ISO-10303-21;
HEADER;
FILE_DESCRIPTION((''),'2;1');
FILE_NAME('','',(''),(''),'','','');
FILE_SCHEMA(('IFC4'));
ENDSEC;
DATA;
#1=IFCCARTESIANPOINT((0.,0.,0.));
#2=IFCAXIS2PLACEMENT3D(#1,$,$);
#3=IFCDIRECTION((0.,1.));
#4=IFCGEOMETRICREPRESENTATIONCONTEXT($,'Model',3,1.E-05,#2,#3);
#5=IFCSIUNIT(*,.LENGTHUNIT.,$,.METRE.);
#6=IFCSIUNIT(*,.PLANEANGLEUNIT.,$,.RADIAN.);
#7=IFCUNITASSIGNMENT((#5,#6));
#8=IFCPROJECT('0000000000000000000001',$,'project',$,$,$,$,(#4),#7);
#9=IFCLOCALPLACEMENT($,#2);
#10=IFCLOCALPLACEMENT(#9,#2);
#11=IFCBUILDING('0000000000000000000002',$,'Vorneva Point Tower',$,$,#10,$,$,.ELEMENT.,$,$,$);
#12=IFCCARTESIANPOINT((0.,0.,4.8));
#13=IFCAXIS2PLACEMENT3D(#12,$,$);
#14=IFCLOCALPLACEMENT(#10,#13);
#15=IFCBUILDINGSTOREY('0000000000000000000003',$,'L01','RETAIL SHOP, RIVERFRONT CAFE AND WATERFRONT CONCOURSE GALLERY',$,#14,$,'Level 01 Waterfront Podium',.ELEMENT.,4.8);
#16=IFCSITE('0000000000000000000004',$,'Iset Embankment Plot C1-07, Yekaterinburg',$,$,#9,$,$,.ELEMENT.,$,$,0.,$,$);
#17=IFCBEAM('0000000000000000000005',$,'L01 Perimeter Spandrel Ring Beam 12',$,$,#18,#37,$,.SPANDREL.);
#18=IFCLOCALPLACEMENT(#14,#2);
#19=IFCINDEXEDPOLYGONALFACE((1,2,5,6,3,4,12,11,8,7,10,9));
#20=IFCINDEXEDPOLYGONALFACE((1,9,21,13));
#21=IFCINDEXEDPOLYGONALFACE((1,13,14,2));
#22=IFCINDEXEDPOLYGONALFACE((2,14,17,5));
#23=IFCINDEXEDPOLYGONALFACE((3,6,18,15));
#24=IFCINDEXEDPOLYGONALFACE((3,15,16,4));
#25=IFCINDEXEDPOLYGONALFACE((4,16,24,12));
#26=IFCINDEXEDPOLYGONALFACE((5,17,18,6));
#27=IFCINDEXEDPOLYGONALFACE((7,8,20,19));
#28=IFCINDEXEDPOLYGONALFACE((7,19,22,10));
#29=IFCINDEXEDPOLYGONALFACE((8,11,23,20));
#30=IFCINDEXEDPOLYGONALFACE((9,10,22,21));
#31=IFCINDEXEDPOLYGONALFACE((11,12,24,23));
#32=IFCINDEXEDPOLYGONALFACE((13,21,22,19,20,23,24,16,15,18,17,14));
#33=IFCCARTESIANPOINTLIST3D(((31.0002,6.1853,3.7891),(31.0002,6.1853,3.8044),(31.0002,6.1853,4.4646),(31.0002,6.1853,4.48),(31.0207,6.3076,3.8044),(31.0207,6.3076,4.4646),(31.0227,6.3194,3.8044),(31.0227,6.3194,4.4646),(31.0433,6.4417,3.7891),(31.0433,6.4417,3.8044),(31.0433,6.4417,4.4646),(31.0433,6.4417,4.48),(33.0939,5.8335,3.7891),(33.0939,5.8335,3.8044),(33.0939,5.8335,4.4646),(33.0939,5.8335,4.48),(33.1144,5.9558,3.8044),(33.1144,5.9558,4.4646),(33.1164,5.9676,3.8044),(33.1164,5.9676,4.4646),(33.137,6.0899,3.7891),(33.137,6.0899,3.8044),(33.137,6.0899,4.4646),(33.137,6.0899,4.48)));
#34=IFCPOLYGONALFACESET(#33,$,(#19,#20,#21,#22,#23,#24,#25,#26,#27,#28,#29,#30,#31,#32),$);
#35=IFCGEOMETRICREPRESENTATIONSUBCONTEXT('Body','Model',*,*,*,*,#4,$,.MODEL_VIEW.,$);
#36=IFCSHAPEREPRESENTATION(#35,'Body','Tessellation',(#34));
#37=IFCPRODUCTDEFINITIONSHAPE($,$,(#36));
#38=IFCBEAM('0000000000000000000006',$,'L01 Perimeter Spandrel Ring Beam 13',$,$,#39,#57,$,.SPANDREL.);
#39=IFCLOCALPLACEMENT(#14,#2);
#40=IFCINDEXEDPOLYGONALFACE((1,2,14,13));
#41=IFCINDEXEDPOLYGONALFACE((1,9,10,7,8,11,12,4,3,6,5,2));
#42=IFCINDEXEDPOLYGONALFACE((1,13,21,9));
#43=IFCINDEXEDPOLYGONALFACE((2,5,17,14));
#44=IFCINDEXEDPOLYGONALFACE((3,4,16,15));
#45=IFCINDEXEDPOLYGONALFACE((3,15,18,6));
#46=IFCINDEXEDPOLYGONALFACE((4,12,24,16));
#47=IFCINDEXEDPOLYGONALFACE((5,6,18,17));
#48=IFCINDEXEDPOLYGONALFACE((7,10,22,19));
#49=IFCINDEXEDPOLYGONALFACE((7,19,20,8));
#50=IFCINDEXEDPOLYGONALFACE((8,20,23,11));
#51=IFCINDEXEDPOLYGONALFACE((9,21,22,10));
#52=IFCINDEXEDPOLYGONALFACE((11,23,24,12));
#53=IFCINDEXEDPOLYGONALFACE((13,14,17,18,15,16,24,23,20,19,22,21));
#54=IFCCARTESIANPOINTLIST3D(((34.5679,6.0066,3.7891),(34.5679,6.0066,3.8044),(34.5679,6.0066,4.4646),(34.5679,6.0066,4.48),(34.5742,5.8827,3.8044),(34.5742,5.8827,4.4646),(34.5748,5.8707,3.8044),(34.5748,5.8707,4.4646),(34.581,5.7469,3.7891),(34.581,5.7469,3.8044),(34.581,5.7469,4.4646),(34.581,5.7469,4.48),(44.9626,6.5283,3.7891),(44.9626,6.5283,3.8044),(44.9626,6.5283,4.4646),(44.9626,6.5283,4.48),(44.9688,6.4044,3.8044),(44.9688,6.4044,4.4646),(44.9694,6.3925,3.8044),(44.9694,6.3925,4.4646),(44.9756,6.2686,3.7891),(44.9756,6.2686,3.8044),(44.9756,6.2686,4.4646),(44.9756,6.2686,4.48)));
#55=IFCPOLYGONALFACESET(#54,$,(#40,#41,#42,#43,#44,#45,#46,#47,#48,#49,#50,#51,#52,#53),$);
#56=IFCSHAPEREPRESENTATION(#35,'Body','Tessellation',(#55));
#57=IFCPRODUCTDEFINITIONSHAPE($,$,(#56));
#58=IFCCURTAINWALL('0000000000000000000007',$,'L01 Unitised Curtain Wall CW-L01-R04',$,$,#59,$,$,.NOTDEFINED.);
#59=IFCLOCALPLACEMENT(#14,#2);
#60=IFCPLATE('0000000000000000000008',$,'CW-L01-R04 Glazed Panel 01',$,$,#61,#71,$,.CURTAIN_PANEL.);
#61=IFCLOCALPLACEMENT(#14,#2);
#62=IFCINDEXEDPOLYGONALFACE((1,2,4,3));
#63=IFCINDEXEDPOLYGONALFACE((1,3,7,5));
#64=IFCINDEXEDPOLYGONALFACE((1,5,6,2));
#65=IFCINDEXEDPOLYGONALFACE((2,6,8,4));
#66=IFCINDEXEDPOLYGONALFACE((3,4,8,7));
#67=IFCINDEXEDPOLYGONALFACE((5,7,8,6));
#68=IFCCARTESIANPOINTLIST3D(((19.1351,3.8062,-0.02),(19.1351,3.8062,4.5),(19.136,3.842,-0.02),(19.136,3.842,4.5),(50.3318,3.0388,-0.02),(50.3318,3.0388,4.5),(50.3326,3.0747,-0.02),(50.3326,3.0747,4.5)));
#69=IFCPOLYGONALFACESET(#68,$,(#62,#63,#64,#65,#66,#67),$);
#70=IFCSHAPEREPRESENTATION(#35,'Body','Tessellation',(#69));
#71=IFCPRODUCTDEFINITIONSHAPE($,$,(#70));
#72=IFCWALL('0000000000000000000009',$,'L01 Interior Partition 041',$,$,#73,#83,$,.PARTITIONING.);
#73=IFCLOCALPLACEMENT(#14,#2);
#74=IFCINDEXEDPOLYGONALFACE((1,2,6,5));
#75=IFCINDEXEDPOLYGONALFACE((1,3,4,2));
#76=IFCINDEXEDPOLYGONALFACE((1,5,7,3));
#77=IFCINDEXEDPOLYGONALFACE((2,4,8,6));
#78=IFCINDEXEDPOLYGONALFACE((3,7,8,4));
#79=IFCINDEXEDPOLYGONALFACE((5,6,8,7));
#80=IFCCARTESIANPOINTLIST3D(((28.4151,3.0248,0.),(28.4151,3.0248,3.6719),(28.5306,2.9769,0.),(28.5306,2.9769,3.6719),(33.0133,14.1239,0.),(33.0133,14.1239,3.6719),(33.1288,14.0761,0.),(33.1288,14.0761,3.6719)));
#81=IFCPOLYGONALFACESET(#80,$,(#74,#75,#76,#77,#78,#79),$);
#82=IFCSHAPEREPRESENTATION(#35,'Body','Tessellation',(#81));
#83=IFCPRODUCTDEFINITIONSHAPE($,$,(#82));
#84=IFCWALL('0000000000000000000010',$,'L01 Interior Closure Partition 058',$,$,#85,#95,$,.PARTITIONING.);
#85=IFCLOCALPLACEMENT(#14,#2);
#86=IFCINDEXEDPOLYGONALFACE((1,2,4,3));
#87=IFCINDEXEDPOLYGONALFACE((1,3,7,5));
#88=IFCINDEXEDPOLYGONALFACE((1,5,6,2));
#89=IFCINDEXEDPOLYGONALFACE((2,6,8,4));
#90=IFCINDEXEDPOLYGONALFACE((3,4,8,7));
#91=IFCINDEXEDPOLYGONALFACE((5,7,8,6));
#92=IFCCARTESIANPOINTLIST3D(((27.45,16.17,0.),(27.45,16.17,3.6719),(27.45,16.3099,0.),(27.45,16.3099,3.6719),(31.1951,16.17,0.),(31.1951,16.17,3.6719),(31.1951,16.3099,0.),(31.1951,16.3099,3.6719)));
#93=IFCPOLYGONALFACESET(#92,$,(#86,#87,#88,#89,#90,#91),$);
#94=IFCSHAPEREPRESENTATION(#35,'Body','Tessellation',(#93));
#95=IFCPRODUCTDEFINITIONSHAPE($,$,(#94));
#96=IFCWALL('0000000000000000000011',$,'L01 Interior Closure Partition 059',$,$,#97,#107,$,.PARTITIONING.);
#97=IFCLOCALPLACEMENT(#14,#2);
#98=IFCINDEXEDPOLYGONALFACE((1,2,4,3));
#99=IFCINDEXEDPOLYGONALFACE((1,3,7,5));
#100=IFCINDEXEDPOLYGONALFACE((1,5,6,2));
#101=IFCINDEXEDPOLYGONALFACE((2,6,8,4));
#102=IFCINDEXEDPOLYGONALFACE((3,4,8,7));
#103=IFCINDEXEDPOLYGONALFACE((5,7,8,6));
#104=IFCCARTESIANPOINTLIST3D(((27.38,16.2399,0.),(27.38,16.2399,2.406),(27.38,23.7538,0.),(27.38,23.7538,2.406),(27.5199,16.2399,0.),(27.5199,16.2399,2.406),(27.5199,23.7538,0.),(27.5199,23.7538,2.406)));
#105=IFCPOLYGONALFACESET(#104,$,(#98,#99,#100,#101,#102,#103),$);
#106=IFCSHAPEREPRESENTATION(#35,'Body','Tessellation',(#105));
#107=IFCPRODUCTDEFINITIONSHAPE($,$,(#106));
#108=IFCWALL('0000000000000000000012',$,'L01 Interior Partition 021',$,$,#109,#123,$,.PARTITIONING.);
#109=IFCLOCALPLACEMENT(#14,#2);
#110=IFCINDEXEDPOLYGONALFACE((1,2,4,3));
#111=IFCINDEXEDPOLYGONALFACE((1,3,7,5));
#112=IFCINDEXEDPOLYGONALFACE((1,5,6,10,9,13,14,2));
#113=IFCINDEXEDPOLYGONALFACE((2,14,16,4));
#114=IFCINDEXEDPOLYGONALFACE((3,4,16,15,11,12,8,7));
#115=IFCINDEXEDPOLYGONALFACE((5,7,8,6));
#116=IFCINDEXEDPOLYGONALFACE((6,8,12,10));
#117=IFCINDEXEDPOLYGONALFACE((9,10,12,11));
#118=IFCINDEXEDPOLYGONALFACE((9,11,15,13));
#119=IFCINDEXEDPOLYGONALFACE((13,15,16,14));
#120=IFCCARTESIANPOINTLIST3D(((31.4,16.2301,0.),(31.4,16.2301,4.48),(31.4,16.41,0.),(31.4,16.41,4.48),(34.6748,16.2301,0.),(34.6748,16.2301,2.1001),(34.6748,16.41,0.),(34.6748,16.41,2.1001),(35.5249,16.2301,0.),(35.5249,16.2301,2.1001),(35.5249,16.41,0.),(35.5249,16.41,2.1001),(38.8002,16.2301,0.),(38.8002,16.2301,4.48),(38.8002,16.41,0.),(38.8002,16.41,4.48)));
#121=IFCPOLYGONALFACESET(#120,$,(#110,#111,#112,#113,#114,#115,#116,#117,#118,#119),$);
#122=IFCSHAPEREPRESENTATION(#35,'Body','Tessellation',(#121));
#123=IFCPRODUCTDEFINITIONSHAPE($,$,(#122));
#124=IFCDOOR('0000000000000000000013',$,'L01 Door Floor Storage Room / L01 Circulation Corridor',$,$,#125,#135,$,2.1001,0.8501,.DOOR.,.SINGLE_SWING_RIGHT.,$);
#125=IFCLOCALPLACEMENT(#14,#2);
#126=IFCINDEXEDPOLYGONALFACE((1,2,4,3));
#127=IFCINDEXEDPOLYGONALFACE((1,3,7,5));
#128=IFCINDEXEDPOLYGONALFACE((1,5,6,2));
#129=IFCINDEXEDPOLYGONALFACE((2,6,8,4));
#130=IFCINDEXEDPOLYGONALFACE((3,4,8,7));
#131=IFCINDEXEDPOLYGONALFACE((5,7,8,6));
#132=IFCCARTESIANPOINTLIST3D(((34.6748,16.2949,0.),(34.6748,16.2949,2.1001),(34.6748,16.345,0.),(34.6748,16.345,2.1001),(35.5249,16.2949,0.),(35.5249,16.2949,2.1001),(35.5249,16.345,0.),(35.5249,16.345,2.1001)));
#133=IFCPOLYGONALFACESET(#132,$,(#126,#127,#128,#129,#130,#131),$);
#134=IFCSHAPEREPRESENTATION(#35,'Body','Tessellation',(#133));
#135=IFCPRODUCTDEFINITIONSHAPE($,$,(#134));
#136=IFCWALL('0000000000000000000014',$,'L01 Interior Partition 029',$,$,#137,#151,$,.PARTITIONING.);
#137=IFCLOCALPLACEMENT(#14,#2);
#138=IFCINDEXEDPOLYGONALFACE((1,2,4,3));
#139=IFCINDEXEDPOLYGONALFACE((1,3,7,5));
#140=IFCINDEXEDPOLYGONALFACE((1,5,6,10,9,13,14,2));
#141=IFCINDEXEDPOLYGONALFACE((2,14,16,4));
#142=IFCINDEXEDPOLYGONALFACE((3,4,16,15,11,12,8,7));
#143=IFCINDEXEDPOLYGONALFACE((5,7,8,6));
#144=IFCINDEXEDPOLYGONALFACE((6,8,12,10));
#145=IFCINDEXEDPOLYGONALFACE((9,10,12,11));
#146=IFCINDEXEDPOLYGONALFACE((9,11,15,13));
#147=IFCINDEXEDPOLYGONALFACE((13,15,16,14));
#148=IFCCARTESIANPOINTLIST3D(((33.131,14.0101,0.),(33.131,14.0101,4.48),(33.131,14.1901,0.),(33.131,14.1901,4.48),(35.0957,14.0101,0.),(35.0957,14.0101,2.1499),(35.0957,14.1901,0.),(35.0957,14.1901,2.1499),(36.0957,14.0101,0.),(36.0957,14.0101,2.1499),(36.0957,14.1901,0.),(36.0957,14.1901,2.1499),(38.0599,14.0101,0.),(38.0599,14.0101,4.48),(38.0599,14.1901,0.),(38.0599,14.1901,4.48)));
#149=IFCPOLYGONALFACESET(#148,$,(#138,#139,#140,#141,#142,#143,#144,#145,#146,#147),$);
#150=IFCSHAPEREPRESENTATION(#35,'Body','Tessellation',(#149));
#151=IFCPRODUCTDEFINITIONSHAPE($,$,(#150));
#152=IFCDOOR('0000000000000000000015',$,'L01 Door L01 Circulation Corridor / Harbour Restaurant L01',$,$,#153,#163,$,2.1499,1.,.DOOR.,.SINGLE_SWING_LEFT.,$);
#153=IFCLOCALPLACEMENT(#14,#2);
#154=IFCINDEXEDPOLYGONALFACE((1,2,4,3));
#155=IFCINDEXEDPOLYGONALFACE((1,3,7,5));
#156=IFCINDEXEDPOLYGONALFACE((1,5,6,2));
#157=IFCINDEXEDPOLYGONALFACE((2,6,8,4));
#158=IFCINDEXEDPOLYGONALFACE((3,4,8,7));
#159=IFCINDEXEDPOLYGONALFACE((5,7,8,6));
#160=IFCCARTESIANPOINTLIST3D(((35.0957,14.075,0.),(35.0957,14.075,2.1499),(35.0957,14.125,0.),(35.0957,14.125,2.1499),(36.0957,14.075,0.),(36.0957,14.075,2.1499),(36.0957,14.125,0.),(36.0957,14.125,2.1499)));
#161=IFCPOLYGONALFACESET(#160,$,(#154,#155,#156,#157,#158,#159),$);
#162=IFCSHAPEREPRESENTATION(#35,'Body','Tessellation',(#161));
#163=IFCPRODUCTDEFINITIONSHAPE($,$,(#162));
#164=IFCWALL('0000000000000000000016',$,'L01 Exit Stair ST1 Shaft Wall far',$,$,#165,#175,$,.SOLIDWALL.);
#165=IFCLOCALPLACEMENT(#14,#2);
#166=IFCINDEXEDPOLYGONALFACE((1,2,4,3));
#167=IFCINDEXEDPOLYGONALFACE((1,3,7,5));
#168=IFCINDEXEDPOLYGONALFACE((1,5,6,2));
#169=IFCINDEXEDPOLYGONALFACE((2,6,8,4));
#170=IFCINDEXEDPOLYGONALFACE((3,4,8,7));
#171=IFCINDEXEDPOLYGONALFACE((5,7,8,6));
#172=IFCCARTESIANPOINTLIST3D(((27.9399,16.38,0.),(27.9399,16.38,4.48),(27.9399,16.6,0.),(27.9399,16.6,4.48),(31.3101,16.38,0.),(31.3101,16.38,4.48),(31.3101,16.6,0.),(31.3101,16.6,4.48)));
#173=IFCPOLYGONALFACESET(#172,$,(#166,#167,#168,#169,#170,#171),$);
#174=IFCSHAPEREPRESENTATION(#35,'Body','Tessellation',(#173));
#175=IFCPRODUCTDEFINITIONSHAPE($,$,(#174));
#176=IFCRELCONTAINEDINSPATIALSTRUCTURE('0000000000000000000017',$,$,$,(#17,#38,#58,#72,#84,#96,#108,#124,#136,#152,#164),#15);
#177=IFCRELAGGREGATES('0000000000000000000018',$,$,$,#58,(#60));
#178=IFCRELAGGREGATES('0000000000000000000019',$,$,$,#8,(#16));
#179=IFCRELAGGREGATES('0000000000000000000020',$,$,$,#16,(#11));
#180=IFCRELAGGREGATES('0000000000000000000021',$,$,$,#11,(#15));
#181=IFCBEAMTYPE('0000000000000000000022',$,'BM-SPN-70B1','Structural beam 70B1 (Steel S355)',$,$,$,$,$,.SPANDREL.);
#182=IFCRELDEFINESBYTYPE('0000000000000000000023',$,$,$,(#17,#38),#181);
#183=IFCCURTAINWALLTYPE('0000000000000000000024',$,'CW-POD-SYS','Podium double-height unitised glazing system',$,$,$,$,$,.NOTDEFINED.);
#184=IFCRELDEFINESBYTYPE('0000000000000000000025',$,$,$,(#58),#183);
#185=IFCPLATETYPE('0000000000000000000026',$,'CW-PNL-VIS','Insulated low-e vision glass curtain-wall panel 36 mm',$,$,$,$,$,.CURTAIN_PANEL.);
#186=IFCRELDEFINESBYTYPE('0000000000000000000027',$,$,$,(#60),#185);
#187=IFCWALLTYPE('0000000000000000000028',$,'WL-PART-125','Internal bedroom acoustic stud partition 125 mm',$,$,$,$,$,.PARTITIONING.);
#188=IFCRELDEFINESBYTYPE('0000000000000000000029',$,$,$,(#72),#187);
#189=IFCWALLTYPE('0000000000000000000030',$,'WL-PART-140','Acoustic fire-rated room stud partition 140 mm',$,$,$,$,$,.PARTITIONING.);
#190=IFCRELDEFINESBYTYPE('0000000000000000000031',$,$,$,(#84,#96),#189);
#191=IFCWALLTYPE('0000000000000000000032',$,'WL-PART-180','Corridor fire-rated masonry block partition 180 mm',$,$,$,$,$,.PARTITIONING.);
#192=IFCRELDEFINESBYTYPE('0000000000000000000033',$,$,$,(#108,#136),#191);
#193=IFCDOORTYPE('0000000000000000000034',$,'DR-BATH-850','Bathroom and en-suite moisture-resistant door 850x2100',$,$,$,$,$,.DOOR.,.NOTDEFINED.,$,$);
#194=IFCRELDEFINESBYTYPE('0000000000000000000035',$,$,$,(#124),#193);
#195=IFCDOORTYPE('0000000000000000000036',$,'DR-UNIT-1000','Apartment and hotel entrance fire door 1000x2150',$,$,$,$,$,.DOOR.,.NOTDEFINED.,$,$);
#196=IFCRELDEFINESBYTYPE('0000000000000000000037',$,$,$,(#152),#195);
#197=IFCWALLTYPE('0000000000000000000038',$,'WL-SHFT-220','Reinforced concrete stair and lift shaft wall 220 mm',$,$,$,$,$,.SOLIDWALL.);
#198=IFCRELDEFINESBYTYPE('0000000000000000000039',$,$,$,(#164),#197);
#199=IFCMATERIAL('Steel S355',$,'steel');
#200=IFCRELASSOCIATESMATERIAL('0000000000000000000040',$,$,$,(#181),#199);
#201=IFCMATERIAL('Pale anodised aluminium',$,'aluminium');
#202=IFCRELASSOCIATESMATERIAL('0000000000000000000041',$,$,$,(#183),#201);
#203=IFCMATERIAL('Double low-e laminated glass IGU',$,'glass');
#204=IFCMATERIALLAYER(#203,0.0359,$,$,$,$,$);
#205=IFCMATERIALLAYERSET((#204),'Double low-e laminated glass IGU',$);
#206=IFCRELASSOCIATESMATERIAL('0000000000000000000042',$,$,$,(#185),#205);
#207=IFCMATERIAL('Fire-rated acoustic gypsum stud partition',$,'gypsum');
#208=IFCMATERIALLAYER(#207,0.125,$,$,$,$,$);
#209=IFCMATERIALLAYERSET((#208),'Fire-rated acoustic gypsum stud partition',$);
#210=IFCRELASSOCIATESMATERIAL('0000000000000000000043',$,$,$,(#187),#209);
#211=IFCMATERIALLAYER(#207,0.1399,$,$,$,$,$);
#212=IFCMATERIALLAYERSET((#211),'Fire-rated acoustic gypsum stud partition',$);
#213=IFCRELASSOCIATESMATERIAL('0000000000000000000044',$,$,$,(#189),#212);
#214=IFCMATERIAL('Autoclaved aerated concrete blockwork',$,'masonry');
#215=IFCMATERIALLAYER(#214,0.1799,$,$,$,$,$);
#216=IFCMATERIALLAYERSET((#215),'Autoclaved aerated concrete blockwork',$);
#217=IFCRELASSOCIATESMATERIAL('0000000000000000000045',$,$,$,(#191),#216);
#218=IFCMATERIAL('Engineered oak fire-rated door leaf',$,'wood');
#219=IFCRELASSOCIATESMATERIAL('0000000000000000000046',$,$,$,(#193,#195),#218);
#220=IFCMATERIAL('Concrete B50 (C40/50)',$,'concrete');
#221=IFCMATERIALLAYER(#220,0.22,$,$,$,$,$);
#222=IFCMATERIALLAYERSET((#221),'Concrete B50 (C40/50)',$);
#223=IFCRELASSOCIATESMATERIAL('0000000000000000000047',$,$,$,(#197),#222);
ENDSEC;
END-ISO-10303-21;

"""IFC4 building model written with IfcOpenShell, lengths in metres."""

from ifc_helpers import new_model, si_unit, direction, frame, frame_2d, origin, origin_2d, place, context, subcontext, project, spatial, rectangle, i_section, extrude, material, layer, layer_set, material_profile, profile_set, type_object, element, fill, aggregate, save


model = new_model("IFC4")

# Units and contexts
model_context = context("Model", 3, precision=1e-05, world=origin(), true_north=direction((0.0, 1.0)))
body_context = subcontext(model_context, "Body", "Model", "MODEL_VIEW")
ifc_project = project(units=[si_unit("LENGTHUNIT", "METRE"), si_unit("PLANEANGLEUNIT", "RADIAN")], contexts=[model_context])

# Site, building, storey
site_placement = place(None, origin())
site = spatial("IfcSite", under=ifc_project, at=site_placement, Name="Iset Embankment Plot C1-07, Yekaterinburg", CompositionType="ELEMENT", RefElevation=0.0)
building_placement = place(site_placement, origin())
building = spatial("IfcBuilding", under=site, at=building_placement, Name="Vorneva Point Tower", CompositionType="ELEMENT")
storey_placement = place(building_placement, frame((0.0, 0.0, 4.8)))
storey = spatial("IfcBuildingStorey", under=building, at=storey_placement, Name="L01", Description="RETAIL SHOP, RIVERFRONT CAFE AND WATERFRONT CONCOURSE GALLERY", LongName="Level 01 Waterfront Podium", CompositionType="ELEMENT", Elevation=4.8)

# Beams
ifc_material_1 = material(Name="Steel S355", Category="steel")
ifc_material_profile_1 = material_profile(ifc_material_1, i_section(OverallWidth=0.26, OverallDepth=0.6909, WebThickness=0.012, FlangeThickness=0.0154, at=origin_2d()), Name="70B1")
ifc_profile_set_1 = profile_set([ifc_material_profile_1], Name="Steel S355")
beam_type_1 = type_object("IfcBeamType", Name="BM-SPN-70B1", Description="Structural beam 70B1 (Steel S355)", PredefinedType="SPANDREL", material=ifc_profile_set_1)
beam_1_placement = place(storey_placement, frame((31.0217, 6.3135, 4.1345), z_axis=(0.986176, -0.165704, 0.0), x_axis=(0.165704, 0.986176, 0.0)))
element("IfcBeam", 1, at=beam_1_placement, inside=storey, type_object=beam_type_1, Name="L01 Perimeter Spandrel Ring Beam 12", PredefinedType="SPANDREL", context=body_context, shape_type="SweptSolid", body=[
    extrude(i_section(OverallWidth=0.26, OverallDepth=0.6909, WebThickness=0.012, FlangeThickness=0.0154, at=origin_2d()), origin(), (0.0, 0.0, 1.0), 2.123),
])
beam_2_placement = place(storey_placement, frame((34.5745, 5.8767, 4.1345), z_axis=(0.998743, 0.050129, 0.0), x_axis=(-0.050129, 0.998743, 0.0)))
element("IfcBeam", 2, at=beam_2_placement, inside=storey, type_object=beam_type_1, Name="L01 Perimeter Spandrel Ring Beam 13", PredefinedType="SPANDREL", context=body_context, shape_type="SweptSolid", body=[
    extrude(i_section(OverallWidth=0.26, OverallDepth=0.6909, WebThickness=0.012, FlangeThickness=0.0154, at=origin_2d()), origin(), (0.0, 0.0, 1.0), 10.4077),
])

# Curtain wall, plate
ifc_material_2 = material(Name="Pale anodised aluminium", Category="aluminium")
curtain_wall_type = type_object("IfcCurtainWallType", Name="CW-POD-SYS", Description="Podium double-height unitised glazing system", PredefinedType="NOTDEFINED", material=ifc_material_2)
curtain_wall_placement = place(storey_placement, origin())
curtain_wall = element("IfcCurtainWall", 3, at=curtain_wall_placement, inside=storey, type_object=curtain_wall_type, Name="L01 Unitised Curtain Wall CW-L01-R04", PredefinedType="NOTDEFINED")
ifc_material_3 = material(Name="Double low-e laminated glass IGU", Category="glass")
ifc_layer_1 = layer(ifc_material_3, 0.0359)
ifc_layer_set_1 = layer_set([ifc_layer_1], Name="Double low-e laminated glass IGU")
plate_type = type_object("IfcPlateType", Name="CW-PNL-VIS", Description="Insulated low-e vision glass curtain-wall panel 36 mm", PredefinedType="CURTAIN_PANEL", material=ifc_layer_set_1)
plate_placement = place(storey_placement, frame((34.7339, 3.4404, -0.02), z_axis=(0.0, 0.0, 1.0), x_axis=(0.999698, -0.024589, 0.0)))
plate = element("IfcPlate", 4, at=plate_placement, type_object=plate_type, Name="CW-L01-R04 Glazed Panel 01", PredefinedType="CURTAIN_PANEL", context=body_context, shape_type="SweptSolid", body=[
    extrude(rectangle(XDim=31.2061, YDim=0.0359, at=origin_2d()), origin(), (0.0, 0.0, 1.0), 4.52),
])
aggregate(curtain_wall, [plate])

# Walls
ifc_material_4 = material(Name="Fire-rated acoustic gypsum stud partition", Category="gypsum")
ifc_layer_2 = layer(ifc_material_4, 0.125)
ifc_layer_set_2 = layer_set([ifc_layer_2], Name="Fire-rated acoustic gypsum stud partition")
wall_type_1 = type_object("IfcWallType", Name="WL-PART-125", Description="Internal bedroom acoustic stud partition 125 mm", PredefinedType="PARTITIONING", material=ifc_layer_set_2)
wall_1_placement = place(storey_placement, frame((28.4729, 3.001, 0.0), z_axis=(0.0, 0.0, 1.0), x_axis=(0.382736, 0.923858, 0.0)))
element("IfcWall", 5, at=wall_1_placement, inside=storey, type_object=wall_type_1, Name="L01 Interior Partition 041", PredefinedType="PARTITIONING", context=body_context, shape_type="SweptSolid", body=[
    extrude(rectangle(XDim=12.0139, YDim=0.125, at=frame_2d((6.0068, 0.0))), origin(), (0.0, 0.0, 1.0), 3.6719),
])
ifc_layer_3 = layer(ifc_material_4, 0.1399)
ifc_layer_set_3 = layer_set([ifc_layer_3], Name="Fire-rated acoustic gypsum stud partition")
wall_type_2 = type_object("IfcWallType", Name="WL-PART-140", Description="Acoustic fire-rated room stud partition 140 mm", PredefinedType="PARTITIONING", material=ifc_layer_set_3)
wall_2_placement = place(storey_placement, frame((31.1951, 16.24, 0.0), z_axis=(0.0, 0.0, 1.0), x_axis=(-1.0, 0.0, 0.0)))
element("IfcWall", 6, at=wall_2_placement, inside=storey, type_object=wall_type_2, Name="L01 Interior Closure Partition 058", PredefinedType="PARTITIONING", context=body_context, shape_type="SweptSolid", body=[
    extrude(rectangle(XDim=3.7451, YDim=0.1399, at=frame_2d((1.8726, 0.0))), origin(), (0.0, 0.0, 1.0), 3.6719),
])
wall_3_placement = place(storey_placement, frame((27.45, 16.24, 0.0), z_axis=(0.0, 0.0, 1.0), x_axis=(0.0, 1.0, 0.0)))
element("IfcWall", 7, at=wall_3_placement, inside=storey, type_object=wall_type_2, Name="L01 Interior Closure Partition 059", PredefinedType="PARTITIONING", context=body_context, shape_type="SweptSolid", body=[
    extrude(rectangle(XDim=7.5139, YDim=0.1399, at=frame_2d((3.7568, 0.0))), origin(), (0.0, 0.0, 1.0), 2.406),
])

# Walls, openings, doors
ifc_material_5 = material(Name="Autoclaved aerated concrete blockwork", Category="masonry")
ifc_layer_4 = layer(ifc_material_5, 0.1799)
ifc_layer_set_4 = layer_set([ifc_layer_4], Name="Autoclaved aerated concrete blockwork")
wall_type_3 = type_object("IfcWallType", Name="WL-PART-180", Description="Corridor fire-rated masonry block partition 180 mm", PredefinedType="PARTITIONING", material=ifc_layer_set_4)
wall_4_placement = place(storey_placement, frame((31.3999, 16.3201, 0.0), z_axis=(0.0, 0.0, 1.0), x_axis=(1.0, 0.0, 0.0)))
wall_4 = element("IfcWall", 8, at=wall_4_placement, inside=storey, type_object=wall_type_3, Name="L01 Interior Partition 021", PredefinedType="PARTITIONING", context=body_context, shape_type="SweptSolid", body=[
    extrude(rectangle(XDim=7.4001, YDim=0.1799, at=frame_2d((3.7002, 0.0))), origin(), (0.0, 0.0, 1.0), 4.48),
])
opening_1_placement = place(wall_4_placement, frame((3.2749, 0.0, 0.0)))
opening_1 = element("IfcOpeningElement", 9, at=opening_1_placement, cuts=wall_4, PredefinedType="OPENING", context=body_context, shape_type="SweptSolid", body=[
    extrude(rectangle(XDim=0.8501, YDim=2.1001, at=frame_2d((0.425, 1.05))), frame((0.0, 0.105, 0.0), z_axis=(0.0, -1.0, 0.0), x_axis=(1.0, 0.0, 0.0)), (0.0, 0.0, 1.0), 0.2097),
])
ifc_material_6 = material(Name="Engineered oak fire-rated door leaf", Category="wood")
door_type_1 = type_object("IfcDoorType", Name="DR-BATH-850", Description="Bathroom and en-suite moisture-resistant door 850x2100", OperationType="NOTDEFINED", PredefinedType="DOOR", material=ifc_material_6)
door_1_placement = place(opening_1_placement, origin())
door_1 = element("IfcDoor", 10, at=door_1_placement, inside=storey, type_object=door_type_1, Name="L01 Door Floor Storage Room / L01 Circulation Corridor", OperationType="SINGLE_SWING_RIGHT", OverallHeight=2.1001, OverallWidth=0.8501, PredefinedType="DOOR", context=body_context, shape_type="SweptSolid", body=[
    extrude(rectangle(XDim=0.8501, YDim=2.1001, at=frame_2d((0.425, 1.05))), frame((0.0, 0.0249, 0.0), z_axis=(0.0, -1.0, 0.0), x_axis=(1.0, 0.0, 0.0)), (0.0, 0.0, 1.0), 0.05),
])
fill(opening_1, door_1)
wall_5_placement = place(storey_placement, frame((33.1311, 14.1001, 0.0), z_axis=(0.0, 0.0, 1.0), x_axis=(1.0, 0.0, 0.0)))
wall_5 = element("IfcWall", 11, at=wall_5_placement, inside=storey, type_object=wall_type_3, Name="L01 Interior Partition 029", PredefinedType="PARTITIONING", context=body_context, shape_type="SweptSolid", body=[
    extrude(rectangle(XDim=4.929, YDim=0.1799, at=frame_2d((2.4644, 0.0))), origin(), (0.0, 0.0, 1.0), 4.48),
])
opening_2_placement = place(wall_5_placement, frame((1.9646, 0.0, 0.0)))
opening_2 = element("IfcOpeningElement", 12, at=opening_2_placement, cuts=wall_5, PredefinedType="OPENING", context=body_context, shape_type="SweptSolid", body=[
    extrude(rectangle(XDim=1.0, YDim=2.1499, at=frame_2d((0.5, 1.075))), frame((0.0, 0.105, 0.0), z_axis=(0.0, -1.0, 0.0), x_axis=(1.0, 0.0, 0.0)), (0.0, 0.0, 1.0), 0.2097),
])
door_type_2 = type_object("IfcDoorType", Name="DR-UNIT-1000", Description="Apartment and hotel entrance fire door 1000x2150", OperationType="NOTDEFINED", PredefinedType="DOOR", material=ifc_material_6)
door_2_placement = place(opening_2_placement, origin())
door_2 = element("IfcDoor", 13, at=door_2_placement, inside=storey, type_object=door_type_2, Name="L01 Door L01 Circulation Corridor / Harbour Restaurant L01", OperationType="SINGLE_SWING_LEFT", OverallHeight=2.1499, OverallWidth=1.0, PredefinedType="DOOR", context=body_context, shape_type="SweptSolid", body=[
    extrude(rectangle(XDim=1.0, YDim=2.1499, at=frame_2d((0.5, 1.075))), frame((0.0, 0.0249, 0.0), z_axis=(0.0, -1.0, 0.0), x_axis=(1.0, 0.0, 0.0)), (0.0, 0.0, 1.0), 0.05),
])
fill(opening_2, door_2)

# Wall
ifc_material_7 = material(Name="Concrete B50 (C40/50)", Category="concrete")
ifc_layer_5 = layer(ifc_material_7, 0.22)
ifc_layer_set_5 = layer_set([ifc_layer_5], Name="Concrete B50 (C40/50)")
wall_type_4 = type_object("IfcWallType", Name="WL-SHFT-220", Description="Reinforced concrete stair and lift shaft wall 220 mm", PredefinedType="SOLIDWALL", material=ifc_layer_set_5)
wall_6_placement = place(storey_placement, frame((31.3101, 16.49, 0.0), z_axis=(0.0, 0.0, 1.0), x_axis=(-1.0, 0.0, 0.0)))
element("IfcWall", 14, at=wall_6_placement, inside=storey, type_object=wall_type_4, Name="L01 Exit Stair ST1 Shaft Wall far", PredefinedType="SOLIDWALL", context=body_context, shape_type="SweptSolid", body=[
    extrude(rectangle(XDim=3.3701, YDim=0.22, at=frame_2d((1.6851, 0.0))), origin(), (0.0, 0.0, 1.0), 4.48),
])

save(model, "model.ifc")
